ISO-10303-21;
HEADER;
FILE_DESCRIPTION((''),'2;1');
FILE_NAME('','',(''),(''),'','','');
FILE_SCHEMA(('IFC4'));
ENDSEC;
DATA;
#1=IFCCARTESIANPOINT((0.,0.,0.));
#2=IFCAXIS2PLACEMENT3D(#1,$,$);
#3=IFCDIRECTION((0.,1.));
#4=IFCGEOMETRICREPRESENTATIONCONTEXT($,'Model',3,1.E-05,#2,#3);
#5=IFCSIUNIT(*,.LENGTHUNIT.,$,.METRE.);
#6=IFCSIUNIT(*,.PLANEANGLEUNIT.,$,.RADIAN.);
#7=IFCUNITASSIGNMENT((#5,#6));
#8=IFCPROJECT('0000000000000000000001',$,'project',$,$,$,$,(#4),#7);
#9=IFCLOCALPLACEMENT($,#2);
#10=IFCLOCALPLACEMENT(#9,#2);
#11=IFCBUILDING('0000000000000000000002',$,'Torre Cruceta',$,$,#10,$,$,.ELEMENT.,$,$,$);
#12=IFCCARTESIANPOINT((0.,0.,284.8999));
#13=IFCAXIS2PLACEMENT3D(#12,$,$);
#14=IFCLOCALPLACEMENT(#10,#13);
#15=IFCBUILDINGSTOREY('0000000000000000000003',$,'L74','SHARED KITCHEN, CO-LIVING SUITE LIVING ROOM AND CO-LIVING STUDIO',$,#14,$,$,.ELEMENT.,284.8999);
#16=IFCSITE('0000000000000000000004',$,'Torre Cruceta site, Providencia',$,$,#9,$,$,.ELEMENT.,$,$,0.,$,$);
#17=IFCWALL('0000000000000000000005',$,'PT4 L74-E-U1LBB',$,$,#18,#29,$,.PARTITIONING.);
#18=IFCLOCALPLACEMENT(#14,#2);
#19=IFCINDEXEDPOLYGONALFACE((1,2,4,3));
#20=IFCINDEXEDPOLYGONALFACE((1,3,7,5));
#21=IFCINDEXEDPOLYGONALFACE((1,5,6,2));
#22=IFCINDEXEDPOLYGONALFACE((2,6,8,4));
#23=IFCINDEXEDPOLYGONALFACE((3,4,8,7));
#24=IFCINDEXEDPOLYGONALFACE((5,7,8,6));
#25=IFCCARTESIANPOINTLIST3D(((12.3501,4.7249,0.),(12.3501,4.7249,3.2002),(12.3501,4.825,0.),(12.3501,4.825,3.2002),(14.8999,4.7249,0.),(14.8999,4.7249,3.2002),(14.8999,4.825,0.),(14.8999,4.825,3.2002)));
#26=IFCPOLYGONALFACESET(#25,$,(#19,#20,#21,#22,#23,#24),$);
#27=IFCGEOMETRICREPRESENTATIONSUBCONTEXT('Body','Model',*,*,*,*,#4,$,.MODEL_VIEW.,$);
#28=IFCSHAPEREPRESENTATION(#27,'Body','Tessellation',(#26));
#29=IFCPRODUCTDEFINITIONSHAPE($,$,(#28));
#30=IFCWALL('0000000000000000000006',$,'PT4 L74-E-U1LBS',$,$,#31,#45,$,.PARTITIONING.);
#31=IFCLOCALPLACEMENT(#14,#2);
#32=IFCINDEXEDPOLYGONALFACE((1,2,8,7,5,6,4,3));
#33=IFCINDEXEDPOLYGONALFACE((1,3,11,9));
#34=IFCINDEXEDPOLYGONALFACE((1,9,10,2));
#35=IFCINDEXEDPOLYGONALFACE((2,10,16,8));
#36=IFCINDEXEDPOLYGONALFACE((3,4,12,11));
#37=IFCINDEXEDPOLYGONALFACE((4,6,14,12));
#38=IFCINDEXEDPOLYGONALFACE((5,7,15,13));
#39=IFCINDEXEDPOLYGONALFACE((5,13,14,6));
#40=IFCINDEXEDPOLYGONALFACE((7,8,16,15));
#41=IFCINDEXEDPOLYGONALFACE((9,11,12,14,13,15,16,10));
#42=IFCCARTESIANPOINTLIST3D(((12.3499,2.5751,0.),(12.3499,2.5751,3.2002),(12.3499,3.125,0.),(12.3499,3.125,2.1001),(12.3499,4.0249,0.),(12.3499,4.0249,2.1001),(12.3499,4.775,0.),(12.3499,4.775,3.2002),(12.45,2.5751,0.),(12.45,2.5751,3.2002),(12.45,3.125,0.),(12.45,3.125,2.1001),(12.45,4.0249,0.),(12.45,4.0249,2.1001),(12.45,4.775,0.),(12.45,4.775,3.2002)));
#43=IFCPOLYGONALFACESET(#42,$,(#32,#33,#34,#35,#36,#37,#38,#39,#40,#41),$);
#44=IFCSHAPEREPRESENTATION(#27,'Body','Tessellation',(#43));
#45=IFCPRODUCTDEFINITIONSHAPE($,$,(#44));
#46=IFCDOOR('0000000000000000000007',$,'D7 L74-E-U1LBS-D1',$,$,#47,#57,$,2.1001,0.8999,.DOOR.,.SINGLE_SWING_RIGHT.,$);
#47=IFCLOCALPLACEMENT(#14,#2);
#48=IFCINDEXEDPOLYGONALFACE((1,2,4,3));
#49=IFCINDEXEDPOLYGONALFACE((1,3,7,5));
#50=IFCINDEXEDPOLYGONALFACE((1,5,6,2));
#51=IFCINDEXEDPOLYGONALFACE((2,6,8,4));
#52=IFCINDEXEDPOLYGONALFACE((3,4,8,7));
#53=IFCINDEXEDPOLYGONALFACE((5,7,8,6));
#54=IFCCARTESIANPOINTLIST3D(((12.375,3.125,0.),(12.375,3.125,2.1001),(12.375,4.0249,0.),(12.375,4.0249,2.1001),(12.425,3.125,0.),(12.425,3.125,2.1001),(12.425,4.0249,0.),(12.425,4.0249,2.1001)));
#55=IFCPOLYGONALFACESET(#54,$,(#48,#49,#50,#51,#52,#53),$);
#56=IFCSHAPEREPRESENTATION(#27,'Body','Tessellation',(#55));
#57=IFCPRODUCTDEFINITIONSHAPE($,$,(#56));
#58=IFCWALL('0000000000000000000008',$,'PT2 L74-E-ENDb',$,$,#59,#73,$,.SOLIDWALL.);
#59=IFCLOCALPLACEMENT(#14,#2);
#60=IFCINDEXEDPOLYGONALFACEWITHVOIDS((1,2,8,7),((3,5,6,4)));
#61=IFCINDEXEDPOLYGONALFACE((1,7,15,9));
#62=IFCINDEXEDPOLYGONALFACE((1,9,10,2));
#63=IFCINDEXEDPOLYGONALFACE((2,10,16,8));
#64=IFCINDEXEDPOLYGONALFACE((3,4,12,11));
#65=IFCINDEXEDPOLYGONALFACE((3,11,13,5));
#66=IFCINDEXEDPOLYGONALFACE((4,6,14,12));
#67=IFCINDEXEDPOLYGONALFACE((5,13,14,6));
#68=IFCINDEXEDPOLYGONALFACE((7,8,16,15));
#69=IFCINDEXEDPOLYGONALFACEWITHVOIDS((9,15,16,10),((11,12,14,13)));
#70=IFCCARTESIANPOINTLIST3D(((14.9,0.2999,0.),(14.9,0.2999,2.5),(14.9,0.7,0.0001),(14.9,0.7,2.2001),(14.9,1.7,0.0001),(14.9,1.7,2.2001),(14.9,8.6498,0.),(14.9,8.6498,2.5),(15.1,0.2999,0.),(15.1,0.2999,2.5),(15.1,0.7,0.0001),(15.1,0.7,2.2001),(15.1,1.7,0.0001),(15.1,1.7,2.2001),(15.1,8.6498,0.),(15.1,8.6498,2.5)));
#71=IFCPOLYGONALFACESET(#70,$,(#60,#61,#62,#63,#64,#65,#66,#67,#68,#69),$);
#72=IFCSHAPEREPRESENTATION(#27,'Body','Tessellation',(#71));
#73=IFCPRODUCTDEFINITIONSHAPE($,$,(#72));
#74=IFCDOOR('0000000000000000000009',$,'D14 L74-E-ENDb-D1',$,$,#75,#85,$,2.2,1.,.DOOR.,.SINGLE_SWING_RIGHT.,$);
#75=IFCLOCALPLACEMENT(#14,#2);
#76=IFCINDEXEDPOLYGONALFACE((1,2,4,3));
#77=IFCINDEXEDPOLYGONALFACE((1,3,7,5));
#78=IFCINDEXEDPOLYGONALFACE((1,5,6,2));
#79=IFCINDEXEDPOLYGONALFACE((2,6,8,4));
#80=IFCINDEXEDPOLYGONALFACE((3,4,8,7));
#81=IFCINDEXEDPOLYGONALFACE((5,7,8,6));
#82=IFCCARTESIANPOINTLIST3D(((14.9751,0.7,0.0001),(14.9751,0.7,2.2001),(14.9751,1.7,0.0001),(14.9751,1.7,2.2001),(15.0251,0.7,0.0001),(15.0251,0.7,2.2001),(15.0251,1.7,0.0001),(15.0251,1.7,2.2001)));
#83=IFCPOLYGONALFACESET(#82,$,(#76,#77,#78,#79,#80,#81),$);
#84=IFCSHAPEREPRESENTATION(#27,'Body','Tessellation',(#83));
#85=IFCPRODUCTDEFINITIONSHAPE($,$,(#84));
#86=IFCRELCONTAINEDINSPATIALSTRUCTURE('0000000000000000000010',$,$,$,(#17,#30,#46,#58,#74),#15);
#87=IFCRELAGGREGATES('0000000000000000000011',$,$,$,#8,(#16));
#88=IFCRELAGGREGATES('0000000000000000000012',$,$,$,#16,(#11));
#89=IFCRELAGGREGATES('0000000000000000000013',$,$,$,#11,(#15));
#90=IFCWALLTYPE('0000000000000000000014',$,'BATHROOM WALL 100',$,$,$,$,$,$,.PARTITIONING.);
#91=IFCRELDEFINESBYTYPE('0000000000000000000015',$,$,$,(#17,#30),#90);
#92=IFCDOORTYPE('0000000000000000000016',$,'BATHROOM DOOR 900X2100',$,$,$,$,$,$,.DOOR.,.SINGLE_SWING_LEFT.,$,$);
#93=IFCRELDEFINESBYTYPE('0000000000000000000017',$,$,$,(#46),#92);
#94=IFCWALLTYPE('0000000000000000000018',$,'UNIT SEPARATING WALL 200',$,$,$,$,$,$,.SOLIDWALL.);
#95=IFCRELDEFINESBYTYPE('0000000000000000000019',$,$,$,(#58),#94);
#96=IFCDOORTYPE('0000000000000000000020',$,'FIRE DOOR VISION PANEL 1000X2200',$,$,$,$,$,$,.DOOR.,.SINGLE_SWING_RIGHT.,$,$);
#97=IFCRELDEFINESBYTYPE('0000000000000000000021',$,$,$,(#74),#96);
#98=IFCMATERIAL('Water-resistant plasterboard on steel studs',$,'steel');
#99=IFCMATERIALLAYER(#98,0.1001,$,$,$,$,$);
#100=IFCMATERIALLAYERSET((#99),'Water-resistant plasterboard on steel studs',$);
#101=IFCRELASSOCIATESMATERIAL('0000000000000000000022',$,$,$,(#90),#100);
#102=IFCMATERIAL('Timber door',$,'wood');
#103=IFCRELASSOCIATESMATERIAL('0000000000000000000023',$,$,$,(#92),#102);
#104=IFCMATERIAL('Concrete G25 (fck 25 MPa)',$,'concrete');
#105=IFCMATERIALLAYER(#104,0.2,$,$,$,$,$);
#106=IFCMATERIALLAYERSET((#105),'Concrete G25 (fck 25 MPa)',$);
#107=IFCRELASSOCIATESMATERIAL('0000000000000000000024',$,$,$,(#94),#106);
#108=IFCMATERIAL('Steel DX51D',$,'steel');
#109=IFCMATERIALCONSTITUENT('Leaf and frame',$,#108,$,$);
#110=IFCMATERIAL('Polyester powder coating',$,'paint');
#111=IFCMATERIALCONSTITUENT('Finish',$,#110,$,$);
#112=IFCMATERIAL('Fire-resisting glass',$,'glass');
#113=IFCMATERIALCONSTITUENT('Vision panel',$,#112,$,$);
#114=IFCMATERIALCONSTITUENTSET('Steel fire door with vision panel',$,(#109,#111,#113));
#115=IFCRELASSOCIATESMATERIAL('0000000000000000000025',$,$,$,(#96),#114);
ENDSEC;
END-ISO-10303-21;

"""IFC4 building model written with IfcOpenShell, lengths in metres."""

from ifc_helpers import new_model, si_unit, direction, frame, frame_2d, origin, place, context, subcontext, project, spatial, rectangle, extrude, material, layer, layer_set, constituent, constituent_set, type_object, element, fill, save


model = new_model("IFC4")

# Units and contexts
model_context = context("Model", 3, precision=1e-05, world=origin(), true_north=direction((0.0, 1.0)))
body_context = subcontext(model_context, "Body", "Model", "MODEL_VIEW")
ifc_project = project(units=[si_unit("LENGTHUNIT", "METRE"), si_unit("PLANEANGLEUNIT", "RADIAN")], contexts=[model_context])

# Site, building, storey
site_placement = place(None, origin())
site = spatial("IfcSite", under=ifc_project, at=site_placement, Name="Torre Cruceta site, Providencia", CompositionType="ELEMENT", RefElevation=0.0)
building_placement = place(site_placement, origin())
building = spatial("IfcBuilding", under=site, at=building_placement, Name="Torre Cruceta", CompositionType="ELEMENT")
storey_placement = place(building_placement, frame((0.0, 0.0, 284.8999)))
storey = spatial("IfcBuildingStorey", under=building, at=storey_placement, Name="L74", Description="SHARED KITCHEN, CO-LIVING SUITE LIVING ROOM AND CO-LIVING STUDIO", CompositionType="ELEMENT", Elevation=284.8999)

# Wall
ifc_material_1 = material(Name="Water-resistant plasterboard on steel studs", Category="steel")
ifc_layer_1 = layer(ifc_material_1, 0.1001)
ifc_layer_set_1 = layer_set([ifc_layer_1], Name="Water-resistant plasterboard on steel studs")
wall_type_1 = type_object("IfcWallType", Name="BATHROOM WALL 100", PredefinedType="PARTITIONING", material=ifc_layer_set_1)
wall_1_placement = place(storey_placement, frame((12.3501, 4.7749, 0.0), z_axis=(0.0, 0.0, 1.0), x_axis=(1.0, 0.0, 0.0)))
element("IfcWall", 1, at=wall_1_placement, inside=storey, type_object=wall_type_1, Name="PT4 L74-E-U1LBB", PredefinedType="PARTITIONING", context=body_context, shape_type="SweptSolid", body=[
    extrude(rectangle(XDim=2.5498, YDim=0.1001, at=frame_2d((1.2749, 0.0))), origin(), (0.0, 0.0, 1.0), 3.2002),
])

# Walls, openings, doors
wall_2_placement = place(storey_placement, frame((12.3999, 2.575, 0.0), z_axis=(0.0, 0.0, 1.0), x_axis=(0.0, 1.0, 0.0)))
wall_2 = element("IfcWall", 2, at=wall_2_placement, inside=storey, type_object=wall_type_1, Name="PT4 L74-E-U1LBS", PredefinedType="PARTITIONING", context=body_context, shape_type="SweptSolid", body=[
    extrude(rectangle(XDim=2.2, YDim=0.1001, at=frame_2d((1.1001, 0.0))), origin(), (0.0, 0.0, 1.0), 3.2002),
])
opening_1_placement = place(wall_2_placement, frame((0.55, 0.0, 0.0)))
opening_1 = element("IfcOpeningElement", 3, at=opening_1_placement, cuts=wall_2, PredefinedType="OPENING", context=body_context, shape_type="SweptSolid", body=[
    extrude(rectangle(XDim=0.8999, YDim=2.1001, at=frame_2d((0.45, 1.05))), frame((0.0, 0.0601, 0.0), z_axis=(0.0, -1.0, 0.0), x_axis=(1.0, 0.0, 0.0)), (0.0, 0.0, 1.0), 0.1201),
])
ifc_material_2 = material(Name="Timber door", Category="wood")
door_type_1 = type_object("IfcDoorType", Name="BATHROOM DOOR 900X2100", OperationType="SINGLE_SWING_LEFT", PredefinedType="DOOR", material=ifc_material_2)
door_1_placement = place(opening_1_placement, frame((0.8999, 0.0, 0.0), z_axis=(0.0, 0.0, 1.0), x_axis=(-1.0, 0.0, 0.0)))
door_1 = element("IfcDoor", 4, at=door_1_placement, inside=storey, type_object=door_type_1, Name="D7 L74-E-U1LBS-D1", OperationType="SINGLE_SWING_RIGHT", OverallHeight=2.1001, OverallWidth=0.8999, PredefinedType="DOOR", context=body_context, shape_type="SweptSolid", body=[
    extrude(rectangle(XDim=0.8999, YDim=2.1001, at=frame_2d((0.45, 1.05))), frame((0.0, 0.0251, 0.0), z_axis=(0.0, -1.0, 0.0), x_axis=(1.0, 0.0, 0.0)), (0.0, 0.0, 1.0), 0.05),
])
fill(opening_1, door_1)
ifc_material_3 = material(Name="Concrete G25 (fck 25 MPa)", Category="concrete")
ifc_layer_2 = layer(ifc_material_3, 0.2)
ifc_layer_set_2 = layer_set([ifc_layer_2], Name="Concrete G25 (fck 25 MPa)")
wall_type_2 = type_object("IfcWallType", Name="UNIT SEPARATING WALL 200", PredefinedType="SOLIDWALL", material=ifc_layer_set_2)
wall_3_placement = place(storey_placement, frame((15.0, 0.3, 0.0), z_axis=(0.0, 0.0, 1.0), x_axis=(0.0, 1.0, 0.0)))
wall_3 = element("IfcWall", 5, at=wall_3_placement, inside=storey, type_object=wall_type_2, Name="PT2 L74-E-ENDb", PredefinedType="SOLIDWALL", context=body_context, shape_type="SweptSolid", body=[
    extrude(rectangle(XDim=8.3499, YDim=0.2, at=frame_2d((4.1748, 0.0))), origin(), (0.0, 0.0, 1.0), 2.5),
])
opening_2_placement = place(wall_3_placement, frame((0.3999, 0.0, 0.0)))
opening_2 = element("IfcOpeningElement", 6, at=opening_2_placement, cuts=wall_3, PredefinedType="OPENING", context=body_context, shape_type="SweptSolid", body=[
    extrude(rectangle(XDim=1.0, YDim=2.2, at=frame_2d((0.5, 1.1001))), frame((0.0, 0.1099, 0.0), z_axis=(0.0, -1.0, 0.0), x_axis=(1.0, 0.0, 0.0)), (0.0, 0.0, 1.0), 0.22),
])
ifc_material_4 = material(Name="Steel DX51D", Category="steel")
ifc_constituent_1 = constituent(ifc_material_4, Name="Leaf and frame")
ifc_material_5 = material(Name="Polyester powder coating", Category="paint")
ifc_constituent_2 = constituent(ifc_material_5, Name="Finish")
ifc_material_6 = material(Name="Fire-resisting glass", Category="glass")
ifc_constituent_3 = constituent(ifc_material_6, Name="Vision panel")
ifc_constituent_set = constituent_set(constituents=[ifc_constituent_1, ifc_constituent_2, ifc_constituent_3], Name="Steel fire door with vision panel")
door_type_2 = type_object("IfcDoorType", Name="FIRE DOOR VISION PANEL 1000X2200", OperationType="SINGLE_SWING_RIGHT", PredefinedType="DOOR", material=ifc_constituent_set)
door_2_placement = place(opening_2_placement, frame((1.0, 0.0, 0.0), z_axis=(0.0, 0.0, 1.0), x_axis=(-1.0, 0.0, 0.0)))
door_2 = element("IfcDoor", 7, at=door_2_placement, inside=storey, type_object=door_type_2, Name="D14 L74-E-ENDb-D1", OperationType="SINGLE_SWING_RIGHT", OverallHeight=2.2, OverallWidth=1.0, PredefinedType="DOOR", context=body_context, shape_type="SweptSolid", body=[
    extrude(rectangle(XDim=1.0, YDim=2.2, at=frame_2d((0.5, 1.1001))), frame((0.0, 0.0251, 0.0), z_axis=(0.0, -1.0, 0.0), x_axis=(1.0, 0.0, 0.0)), (0.0, 0.0, 1.0), 0.05),
])
fill(opening_2, door_2)

save(model, "model.ifc")
